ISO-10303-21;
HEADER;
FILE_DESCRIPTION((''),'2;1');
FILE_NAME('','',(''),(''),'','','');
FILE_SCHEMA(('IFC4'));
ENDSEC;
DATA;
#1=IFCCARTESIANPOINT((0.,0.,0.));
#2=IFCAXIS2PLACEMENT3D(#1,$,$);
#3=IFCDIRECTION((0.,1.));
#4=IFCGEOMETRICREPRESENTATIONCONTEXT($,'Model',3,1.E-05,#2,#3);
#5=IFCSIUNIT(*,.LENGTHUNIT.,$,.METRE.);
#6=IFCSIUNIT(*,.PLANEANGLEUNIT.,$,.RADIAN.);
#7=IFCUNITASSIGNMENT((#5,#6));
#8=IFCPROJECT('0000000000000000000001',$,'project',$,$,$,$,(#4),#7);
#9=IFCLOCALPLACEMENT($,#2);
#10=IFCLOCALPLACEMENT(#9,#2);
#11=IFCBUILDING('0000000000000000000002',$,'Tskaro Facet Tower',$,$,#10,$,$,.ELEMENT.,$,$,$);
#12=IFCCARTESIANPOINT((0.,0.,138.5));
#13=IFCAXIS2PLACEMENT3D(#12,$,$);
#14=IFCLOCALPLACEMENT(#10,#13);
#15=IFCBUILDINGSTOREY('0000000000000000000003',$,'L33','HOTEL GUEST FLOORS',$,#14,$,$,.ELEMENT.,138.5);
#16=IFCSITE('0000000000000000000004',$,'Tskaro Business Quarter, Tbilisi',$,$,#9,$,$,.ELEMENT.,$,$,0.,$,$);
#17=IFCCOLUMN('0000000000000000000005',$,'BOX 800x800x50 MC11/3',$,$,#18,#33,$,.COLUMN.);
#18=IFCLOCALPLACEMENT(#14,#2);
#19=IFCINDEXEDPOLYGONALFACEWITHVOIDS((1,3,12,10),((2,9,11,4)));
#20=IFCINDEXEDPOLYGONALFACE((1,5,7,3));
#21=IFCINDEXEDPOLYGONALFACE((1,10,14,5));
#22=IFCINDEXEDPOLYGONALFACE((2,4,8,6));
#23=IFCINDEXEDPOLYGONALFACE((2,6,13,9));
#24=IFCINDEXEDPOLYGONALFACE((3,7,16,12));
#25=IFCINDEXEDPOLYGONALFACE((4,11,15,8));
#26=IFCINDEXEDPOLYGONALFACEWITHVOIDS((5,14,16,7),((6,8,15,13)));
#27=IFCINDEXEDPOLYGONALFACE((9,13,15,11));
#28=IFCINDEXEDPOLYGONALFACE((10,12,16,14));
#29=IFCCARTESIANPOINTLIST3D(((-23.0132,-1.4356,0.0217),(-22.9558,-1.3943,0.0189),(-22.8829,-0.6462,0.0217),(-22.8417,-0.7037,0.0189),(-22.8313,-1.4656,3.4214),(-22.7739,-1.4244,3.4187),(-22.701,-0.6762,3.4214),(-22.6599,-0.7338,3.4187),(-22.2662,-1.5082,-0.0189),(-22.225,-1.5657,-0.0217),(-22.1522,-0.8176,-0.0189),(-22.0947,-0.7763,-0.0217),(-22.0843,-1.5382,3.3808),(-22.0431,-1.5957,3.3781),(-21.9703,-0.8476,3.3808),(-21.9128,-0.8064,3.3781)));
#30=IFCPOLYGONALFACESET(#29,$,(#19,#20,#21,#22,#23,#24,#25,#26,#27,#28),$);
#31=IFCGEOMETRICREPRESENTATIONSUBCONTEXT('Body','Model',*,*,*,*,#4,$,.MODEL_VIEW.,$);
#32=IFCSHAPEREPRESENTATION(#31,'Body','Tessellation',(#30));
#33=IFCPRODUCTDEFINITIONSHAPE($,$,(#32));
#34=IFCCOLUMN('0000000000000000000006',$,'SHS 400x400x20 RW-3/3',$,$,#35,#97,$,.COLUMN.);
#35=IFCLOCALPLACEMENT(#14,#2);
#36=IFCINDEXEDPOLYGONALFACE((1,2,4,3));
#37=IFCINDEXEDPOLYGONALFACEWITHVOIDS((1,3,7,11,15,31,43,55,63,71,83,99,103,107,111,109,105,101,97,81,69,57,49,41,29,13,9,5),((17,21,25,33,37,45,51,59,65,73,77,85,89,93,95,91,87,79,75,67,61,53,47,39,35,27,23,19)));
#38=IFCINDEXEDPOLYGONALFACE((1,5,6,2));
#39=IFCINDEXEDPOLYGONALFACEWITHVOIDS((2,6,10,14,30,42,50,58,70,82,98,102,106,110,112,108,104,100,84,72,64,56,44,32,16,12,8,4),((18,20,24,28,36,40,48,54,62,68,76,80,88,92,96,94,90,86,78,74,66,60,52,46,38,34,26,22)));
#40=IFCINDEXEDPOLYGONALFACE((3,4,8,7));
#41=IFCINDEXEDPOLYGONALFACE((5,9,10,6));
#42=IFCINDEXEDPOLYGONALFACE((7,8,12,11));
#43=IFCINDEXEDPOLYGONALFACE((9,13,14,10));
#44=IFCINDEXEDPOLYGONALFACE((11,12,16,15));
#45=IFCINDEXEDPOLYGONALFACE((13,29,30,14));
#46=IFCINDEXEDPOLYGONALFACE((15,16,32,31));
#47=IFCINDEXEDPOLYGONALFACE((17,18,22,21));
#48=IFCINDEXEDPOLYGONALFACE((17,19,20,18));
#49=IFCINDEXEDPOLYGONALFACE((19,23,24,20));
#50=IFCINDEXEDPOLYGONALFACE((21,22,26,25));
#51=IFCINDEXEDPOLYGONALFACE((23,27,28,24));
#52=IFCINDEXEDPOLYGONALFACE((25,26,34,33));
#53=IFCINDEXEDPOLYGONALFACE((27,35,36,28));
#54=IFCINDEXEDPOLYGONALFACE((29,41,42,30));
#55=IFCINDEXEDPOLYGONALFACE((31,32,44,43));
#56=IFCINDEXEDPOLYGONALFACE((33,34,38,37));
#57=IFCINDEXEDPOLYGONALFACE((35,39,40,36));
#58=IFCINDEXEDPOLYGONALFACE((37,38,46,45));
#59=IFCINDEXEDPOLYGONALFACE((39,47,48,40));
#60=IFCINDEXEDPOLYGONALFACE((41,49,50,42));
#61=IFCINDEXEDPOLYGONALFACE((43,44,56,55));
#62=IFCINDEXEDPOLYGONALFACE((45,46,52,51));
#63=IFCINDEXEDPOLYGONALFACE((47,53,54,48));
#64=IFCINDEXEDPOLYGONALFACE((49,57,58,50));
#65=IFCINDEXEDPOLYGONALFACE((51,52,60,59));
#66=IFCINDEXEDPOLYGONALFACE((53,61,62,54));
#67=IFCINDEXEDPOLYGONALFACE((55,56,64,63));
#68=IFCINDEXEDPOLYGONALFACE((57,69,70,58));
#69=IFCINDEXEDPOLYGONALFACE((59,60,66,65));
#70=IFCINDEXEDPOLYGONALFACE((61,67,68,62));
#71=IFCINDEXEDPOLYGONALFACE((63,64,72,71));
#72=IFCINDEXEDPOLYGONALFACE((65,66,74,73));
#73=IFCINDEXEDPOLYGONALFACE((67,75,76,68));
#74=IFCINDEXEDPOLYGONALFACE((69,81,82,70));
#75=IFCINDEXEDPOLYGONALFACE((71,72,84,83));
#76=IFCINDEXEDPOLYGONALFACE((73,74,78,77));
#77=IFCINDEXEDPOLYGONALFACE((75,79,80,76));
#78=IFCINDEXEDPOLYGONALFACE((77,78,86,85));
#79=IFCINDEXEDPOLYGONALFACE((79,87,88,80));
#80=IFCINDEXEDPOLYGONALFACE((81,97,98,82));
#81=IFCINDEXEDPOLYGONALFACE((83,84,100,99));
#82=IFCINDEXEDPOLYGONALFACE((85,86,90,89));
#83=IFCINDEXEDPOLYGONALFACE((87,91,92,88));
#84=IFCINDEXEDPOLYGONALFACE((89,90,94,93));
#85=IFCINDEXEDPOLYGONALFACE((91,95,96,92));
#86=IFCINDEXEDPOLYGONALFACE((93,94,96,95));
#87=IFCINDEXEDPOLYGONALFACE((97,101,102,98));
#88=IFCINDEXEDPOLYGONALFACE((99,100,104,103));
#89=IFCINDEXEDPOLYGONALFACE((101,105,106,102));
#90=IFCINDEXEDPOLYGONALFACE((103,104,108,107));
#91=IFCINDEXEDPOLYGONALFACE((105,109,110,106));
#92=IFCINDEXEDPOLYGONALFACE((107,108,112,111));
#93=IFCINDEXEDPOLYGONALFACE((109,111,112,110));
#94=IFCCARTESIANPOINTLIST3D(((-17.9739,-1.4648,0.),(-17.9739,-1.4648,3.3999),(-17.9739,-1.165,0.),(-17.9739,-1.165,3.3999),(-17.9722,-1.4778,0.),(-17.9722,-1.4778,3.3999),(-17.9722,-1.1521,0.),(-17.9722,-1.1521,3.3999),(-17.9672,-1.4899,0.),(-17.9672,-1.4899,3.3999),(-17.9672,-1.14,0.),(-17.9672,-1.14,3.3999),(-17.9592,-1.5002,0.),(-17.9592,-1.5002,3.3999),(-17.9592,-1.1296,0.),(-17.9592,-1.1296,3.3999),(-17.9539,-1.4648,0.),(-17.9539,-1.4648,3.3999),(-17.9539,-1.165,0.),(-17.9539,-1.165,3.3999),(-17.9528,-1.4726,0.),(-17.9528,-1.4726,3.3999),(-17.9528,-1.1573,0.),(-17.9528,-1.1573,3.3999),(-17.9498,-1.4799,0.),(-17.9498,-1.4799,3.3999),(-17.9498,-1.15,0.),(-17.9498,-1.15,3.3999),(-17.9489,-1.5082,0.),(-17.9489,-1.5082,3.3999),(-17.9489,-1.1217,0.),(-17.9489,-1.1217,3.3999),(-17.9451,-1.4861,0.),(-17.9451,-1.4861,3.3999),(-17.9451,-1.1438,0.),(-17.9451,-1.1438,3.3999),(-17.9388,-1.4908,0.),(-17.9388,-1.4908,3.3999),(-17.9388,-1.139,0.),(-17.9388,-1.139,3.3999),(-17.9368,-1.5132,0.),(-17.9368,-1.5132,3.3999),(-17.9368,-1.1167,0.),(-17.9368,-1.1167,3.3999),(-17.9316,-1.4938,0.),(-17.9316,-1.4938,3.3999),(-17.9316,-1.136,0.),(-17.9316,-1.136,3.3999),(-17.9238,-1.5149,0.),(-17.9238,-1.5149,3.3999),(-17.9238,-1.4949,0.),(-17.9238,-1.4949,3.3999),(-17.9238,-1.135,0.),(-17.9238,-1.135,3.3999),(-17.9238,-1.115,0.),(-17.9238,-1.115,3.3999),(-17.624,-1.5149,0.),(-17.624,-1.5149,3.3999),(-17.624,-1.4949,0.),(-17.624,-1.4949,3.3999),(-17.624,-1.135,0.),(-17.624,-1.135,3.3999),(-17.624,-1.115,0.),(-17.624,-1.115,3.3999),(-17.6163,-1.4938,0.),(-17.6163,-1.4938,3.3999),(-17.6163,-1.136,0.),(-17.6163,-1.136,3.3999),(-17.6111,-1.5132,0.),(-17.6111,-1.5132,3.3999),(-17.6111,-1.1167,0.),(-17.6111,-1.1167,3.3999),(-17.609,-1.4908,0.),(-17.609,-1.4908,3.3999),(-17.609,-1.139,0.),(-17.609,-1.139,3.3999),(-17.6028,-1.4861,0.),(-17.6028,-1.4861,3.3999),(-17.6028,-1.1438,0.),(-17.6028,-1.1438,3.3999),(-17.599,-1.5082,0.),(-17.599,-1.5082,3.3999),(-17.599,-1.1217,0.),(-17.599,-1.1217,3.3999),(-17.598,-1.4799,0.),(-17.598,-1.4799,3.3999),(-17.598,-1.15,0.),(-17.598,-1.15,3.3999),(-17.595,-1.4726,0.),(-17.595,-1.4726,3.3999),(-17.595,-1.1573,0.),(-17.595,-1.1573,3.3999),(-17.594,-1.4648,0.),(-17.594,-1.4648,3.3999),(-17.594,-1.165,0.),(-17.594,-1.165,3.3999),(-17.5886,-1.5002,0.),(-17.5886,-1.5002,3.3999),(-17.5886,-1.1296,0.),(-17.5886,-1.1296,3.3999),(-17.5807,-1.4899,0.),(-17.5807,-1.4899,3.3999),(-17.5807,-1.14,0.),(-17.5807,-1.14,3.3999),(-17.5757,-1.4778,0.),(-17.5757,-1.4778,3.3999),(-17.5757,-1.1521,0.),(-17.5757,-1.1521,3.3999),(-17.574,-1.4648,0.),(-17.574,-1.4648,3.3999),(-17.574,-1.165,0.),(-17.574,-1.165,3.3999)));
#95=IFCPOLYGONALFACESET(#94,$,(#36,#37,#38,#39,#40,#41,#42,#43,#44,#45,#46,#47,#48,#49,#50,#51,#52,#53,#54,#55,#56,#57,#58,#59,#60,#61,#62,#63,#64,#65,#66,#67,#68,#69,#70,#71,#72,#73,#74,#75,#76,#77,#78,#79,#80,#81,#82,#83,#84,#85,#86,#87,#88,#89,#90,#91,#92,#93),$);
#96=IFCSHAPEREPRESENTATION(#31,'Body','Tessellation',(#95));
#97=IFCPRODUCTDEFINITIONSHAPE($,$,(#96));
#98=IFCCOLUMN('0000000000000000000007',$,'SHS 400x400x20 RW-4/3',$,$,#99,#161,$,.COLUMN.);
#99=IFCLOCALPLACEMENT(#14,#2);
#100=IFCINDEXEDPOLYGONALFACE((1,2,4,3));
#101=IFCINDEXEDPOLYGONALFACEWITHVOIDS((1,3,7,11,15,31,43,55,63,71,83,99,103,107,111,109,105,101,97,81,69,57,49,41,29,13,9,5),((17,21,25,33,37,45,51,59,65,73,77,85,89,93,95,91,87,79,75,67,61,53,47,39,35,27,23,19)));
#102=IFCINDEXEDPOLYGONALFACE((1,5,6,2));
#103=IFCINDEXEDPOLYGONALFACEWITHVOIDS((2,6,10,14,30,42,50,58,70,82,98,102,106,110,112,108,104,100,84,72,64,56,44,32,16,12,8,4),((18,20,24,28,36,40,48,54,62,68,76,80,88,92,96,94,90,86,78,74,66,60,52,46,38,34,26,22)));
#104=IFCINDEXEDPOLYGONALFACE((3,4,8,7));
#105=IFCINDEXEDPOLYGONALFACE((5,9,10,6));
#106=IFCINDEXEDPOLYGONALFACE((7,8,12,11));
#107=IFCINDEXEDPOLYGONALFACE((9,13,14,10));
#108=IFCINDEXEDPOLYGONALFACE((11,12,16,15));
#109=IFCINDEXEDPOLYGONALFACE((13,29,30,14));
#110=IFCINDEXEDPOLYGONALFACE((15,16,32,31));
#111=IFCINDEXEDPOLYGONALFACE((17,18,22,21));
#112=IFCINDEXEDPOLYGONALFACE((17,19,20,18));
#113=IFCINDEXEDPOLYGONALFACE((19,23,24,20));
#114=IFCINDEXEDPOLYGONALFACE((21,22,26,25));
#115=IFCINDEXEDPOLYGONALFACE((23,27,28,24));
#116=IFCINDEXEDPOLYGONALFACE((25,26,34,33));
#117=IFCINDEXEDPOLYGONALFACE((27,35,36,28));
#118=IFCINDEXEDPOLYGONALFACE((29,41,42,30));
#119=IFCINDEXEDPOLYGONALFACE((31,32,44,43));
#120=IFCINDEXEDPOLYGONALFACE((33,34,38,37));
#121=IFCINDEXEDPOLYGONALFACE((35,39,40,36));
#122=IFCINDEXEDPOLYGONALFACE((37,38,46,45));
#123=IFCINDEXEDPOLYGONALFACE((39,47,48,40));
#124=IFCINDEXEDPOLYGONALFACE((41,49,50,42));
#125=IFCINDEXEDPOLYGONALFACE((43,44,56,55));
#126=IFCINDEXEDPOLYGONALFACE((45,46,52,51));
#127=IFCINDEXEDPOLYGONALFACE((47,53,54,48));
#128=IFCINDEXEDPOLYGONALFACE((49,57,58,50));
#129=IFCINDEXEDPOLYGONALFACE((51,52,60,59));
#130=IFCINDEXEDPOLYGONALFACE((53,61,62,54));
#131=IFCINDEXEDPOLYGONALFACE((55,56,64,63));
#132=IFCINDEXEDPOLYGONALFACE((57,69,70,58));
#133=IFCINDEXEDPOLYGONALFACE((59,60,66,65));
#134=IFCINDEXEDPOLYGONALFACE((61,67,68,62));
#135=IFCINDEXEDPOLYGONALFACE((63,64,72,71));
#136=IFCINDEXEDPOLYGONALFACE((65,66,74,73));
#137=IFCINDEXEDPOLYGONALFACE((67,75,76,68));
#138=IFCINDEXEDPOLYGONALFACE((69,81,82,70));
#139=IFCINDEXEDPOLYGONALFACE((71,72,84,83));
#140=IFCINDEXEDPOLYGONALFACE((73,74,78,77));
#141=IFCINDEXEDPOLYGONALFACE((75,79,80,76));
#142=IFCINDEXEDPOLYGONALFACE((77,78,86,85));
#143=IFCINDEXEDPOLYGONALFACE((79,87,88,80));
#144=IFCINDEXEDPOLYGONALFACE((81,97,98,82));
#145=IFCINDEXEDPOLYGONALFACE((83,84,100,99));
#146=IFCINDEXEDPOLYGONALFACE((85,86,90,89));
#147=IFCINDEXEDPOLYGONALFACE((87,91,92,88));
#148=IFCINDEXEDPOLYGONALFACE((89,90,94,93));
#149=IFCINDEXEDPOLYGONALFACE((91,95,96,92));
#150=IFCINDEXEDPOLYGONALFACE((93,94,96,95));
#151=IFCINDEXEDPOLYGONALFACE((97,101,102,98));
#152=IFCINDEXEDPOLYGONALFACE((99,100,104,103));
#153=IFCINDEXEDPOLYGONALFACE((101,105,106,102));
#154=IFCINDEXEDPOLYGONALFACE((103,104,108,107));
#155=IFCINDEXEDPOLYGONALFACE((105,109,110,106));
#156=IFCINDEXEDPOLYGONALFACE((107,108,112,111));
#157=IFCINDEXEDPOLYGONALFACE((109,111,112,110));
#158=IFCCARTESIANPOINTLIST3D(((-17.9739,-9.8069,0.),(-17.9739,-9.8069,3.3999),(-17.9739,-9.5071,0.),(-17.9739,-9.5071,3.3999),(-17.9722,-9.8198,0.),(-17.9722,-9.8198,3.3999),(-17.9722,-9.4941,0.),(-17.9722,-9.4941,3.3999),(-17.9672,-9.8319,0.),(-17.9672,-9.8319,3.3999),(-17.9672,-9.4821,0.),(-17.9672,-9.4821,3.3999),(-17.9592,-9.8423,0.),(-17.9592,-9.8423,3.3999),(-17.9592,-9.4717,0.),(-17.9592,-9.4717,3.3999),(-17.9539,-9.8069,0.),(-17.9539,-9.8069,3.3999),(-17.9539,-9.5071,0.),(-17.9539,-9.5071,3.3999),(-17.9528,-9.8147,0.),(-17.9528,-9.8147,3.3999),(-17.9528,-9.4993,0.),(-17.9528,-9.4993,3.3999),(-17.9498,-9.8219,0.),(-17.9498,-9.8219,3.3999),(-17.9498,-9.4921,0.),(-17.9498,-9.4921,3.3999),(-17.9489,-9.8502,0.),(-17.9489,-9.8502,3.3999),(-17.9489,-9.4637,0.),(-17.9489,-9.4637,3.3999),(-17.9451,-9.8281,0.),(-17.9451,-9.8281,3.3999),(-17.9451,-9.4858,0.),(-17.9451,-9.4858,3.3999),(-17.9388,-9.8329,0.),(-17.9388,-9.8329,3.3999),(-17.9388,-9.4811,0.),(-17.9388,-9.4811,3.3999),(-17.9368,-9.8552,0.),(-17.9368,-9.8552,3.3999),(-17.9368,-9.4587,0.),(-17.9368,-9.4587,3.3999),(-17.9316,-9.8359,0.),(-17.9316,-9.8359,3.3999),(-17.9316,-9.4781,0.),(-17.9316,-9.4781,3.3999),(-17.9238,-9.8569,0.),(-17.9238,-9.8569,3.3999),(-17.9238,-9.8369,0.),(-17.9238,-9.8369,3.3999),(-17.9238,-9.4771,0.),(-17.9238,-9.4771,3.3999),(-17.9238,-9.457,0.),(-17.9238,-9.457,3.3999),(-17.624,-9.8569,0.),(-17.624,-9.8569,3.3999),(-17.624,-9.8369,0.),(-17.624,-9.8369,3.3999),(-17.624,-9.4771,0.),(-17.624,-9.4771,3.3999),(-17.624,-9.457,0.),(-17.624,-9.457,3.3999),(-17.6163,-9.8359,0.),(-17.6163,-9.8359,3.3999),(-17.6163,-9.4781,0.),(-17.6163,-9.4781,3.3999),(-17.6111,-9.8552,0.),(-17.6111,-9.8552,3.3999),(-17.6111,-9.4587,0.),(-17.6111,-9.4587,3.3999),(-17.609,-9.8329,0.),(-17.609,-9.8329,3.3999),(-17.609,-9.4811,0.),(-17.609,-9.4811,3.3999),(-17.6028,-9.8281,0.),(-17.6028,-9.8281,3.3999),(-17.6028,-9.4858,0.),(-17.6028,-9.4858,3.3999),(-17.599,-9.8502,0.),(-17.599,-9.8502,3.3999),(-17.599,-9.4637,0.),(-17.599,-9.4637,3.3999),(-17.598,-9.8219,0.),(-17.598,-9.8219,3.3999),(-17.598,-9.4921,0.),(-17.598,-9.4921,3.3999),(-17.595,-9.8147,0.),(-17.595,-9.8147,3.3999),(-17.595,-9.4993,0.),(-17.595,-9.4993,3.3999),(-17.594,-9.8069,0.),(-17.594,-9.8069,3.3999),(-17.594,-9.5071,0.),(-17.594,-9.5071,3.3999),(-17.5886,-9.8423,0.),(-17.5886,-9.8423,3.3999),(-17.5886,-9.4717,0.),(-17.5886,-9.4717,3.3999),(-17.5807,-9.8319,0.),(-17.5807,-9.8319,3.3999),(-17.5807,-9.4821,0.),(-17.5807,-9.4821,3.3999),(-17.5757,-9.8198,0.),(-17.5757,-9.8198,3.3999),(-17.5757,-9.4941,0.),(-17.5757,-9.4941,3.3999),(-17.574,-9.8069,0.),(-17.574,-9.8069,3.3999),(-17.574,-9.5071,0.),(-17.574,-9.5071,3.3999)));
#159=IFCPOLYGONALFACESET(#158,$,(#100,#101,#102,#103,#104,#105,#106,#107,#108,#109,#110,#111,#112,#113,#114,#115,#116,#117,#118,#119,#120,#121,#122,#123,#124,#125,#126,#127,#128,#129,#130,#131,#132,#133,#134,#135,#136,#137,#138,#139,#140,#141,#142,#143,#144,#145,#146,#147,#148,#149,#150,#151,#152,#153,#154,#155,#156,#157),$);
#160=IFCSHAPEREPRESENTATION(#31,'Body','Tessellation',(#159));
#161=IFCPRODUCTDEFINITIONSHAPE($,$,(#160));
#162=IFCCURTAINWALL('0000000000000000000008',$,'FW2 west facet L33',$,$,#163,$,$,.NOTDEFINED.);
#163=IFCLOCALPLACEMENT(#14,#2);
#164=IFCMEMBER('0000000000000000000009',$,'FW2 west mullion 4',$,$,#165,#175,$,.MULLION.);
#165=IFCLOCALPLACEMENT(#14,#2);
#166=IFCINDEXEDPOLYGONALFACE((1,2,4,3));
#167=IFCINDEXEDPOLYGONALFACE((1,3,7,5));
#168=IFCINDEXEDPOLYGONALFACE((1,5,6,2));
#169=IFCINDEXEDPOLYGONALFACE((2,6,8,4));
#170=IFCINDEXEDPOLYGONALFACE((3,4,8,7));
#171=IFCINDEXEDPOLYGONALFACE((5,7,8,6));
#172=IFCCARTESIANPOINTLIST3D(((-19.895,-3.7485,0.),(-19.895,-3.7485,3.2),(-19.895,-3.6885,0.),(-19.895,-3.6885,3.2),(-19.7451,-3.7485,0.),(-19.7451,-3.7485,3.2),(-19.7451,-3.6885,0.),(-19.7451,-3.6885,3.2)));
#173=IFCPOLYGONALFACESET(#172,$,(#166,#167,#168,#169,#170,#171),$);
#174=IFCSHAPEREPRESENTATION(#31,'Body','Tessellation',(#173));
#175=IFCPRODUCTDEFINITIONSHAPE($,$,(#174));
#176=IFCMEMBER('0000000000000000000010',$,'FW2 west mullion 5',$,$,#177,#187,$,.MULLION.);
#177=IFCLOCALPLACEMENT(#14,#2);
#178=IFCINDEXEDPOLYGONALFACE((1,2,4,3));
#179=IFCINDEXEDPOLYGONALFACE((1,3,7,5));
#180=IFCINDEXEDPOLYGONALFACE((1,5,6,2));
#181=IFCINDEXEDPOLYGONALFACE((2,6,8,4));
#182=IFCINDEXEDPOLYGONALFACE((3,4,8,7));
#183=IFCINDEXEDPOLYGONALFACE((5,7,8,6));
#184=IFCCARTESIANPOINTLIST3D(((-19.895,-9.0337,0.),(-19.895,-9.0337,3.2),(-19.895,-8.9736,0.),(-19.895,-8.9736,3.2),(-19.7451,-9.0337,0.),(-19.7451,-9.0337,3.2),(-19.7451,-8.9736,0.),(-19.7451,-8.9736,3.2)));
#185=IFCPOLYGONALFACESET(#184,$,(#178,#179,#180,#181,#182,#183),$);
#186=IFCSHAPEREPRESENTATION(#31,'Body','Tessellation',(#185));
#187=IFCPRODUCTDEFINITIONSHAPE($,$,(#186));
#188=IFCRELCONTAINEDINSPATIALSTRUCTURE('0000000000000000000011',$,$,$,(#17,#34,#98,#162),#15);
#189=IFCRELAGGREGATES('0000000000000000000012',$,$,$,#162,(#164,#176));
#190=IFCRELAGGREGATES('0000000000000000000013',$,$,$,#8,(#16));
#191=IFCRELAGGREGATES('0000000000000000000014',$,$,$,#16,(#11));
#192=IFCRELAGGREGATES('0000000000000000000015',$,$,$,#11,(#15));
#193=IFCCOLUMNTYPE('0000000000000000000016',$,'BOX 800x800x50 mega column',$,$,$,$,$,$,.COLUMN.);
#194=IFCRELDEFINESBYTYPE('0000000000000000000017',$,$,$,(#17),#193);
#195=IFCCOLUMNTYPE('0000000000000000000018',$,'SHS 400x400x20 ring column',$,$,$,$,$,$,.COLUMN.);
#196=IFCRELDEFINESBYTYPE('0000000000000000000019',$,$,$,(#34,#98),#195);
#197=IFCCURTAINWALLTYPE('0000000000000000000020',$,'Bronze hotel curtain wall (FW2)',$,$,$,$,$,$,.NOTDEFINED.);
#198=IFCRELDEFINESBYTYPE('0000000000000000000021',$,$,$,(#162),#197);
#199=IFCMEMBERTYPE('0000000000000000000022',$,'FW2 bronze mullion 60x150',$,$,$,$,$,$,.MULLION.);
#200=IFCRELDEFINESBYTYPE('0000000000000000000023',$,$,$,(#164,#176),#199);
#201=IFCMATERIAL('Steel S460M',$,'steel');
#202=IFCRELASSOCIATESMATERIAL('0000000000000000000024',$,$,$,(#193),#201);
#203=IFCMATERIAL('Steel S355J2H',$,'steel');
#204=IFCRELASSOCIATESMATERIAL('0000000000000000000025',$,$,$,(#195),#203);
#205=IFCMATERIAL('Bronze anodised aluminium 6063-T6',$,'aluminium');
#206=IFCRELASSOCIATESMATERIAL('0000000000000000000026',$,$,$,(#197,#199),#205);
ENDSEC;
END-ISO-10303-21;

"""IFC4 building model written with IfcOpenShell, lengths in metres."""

from ifc_helpers import new_model, si_unit, direction, frame, origin, origin_2d, place, context, subcontext, project, spatial, rectangle, hollow_rectangle, extrude, material, material_profile, profile_set, type_object, element, aggregate, save


model = new_model("IFC4")

# Units and contexts
model_context = context("Model", 3, precision=1e-05, world=origin(), true_north=direction((0.0, 1.0)))
body_context = subcontext(model_context, "Body", "Model", "MODEL_VIEW")
ifc_project = project(units=[si_unit("LENGTHUNIT", "METRE"), si_unit("PLANEANGLEUNIT", "RADIAN")], contexts=[model_context])

# Site, building, storey
site_placement = place(None, origin())
site = spatial("IfcSite", under=ifc_project, at=site_placement, Name="Tskaro Business Quarter, Tbilisi", CompositionType="ELEMENT", RefElevation=0.0)
building_placement = place(site_placement, origin())
building = spatial("IfcBuilding", under=site, at=building_placement, Name="Tskaro Facet Tower", CompositionType="ELEMENT")
storey_placement = place(building_placement, frame((0.0, 0.0, 138.5)))
storey = spatial("IfcBuildingStorey", under=building, at=storey_placement, Name="L33", Description="HOTEL GUEST FLOORS", CompositionType="ELEMENT", Elevation=138.5)

# Columns
ifc_material_1 = material(Name="Steel S460M", Category="steel")
ifc_material_profile_1 = material_profile(ifc_material_1, hollow_rectangle(XDim=0.8, YDim=0.8, WallThickness=0.05, at=origin_2d()), Name="BOX 800x800x50")
ifc_profile_set_1 = profile_set([ifc_material_profile_1], Name="Steel S460M")
column_type_1 = type_object("IfcColumnType", Name="BOX 800x800x50 mega column", PredefinedType="COLUMN", material=ifc_profile_set_1)
column_placement = place(storey_placement, frame((-22.554, -1.106, 0.0), z_axis=(0.053419, -0.008819, 0.998533), x_axis=(0.162895, 0.986643, 0.0)))
element("IfcColumn", 1, at=column_placement, inside=storey, type_object=column_type_1, Name="BOX 800x800x50 MC11/3", PredefinedType="COLUMN", context=body_context, shape_type="SweptSolid", body=[
    extrude(hollow_rectangle(XDim=0.8, YDim=0.8, WallThickness=0.05, at=origin_2d()), origin(), (0.0, 0.0, 1.0), 3.4048),
])
ifc_material_2 = material(Name="Steel S355J2H", Category="steel")
ifc_material_profile_2 = material_profile(ifc_material_2, hollow_rectangle(XDim=0.3999, YDim=0.3999, WallThickness=0.02, InnerFilletRadius=0.03, OuterFilletRadius=0.05, at=origin_2d()), Name="SHS 400x400x20")
ifc_profile_set_2 = profile_set([ifc_material_profile_2], Name="Steel S355J2H")
column_type_2 = type_object("IfcColumnType", Name="SHS 400x400x20 ring column", PredefinedType="COLUMN", material=ifc_profile_set_2)
for number, where, z_axis, x_axis, name in (
    (2, (-17.7739, -1.3149, 0.0), (0.0, 0.0, 1.0), (1.0, 0.0, 0.0), "SHS 400x400x20 RW-3/3"),
    (3, (-17.7739, -9.657, 0.0), (0.0, 0.0, 1.0), (1.0, 0.0, 0.0), "SHS 400x400x20 RW-4/3"),
):
    element("IfcColumn", number, at=place(storey_placement, frame(where, z_axis=z_axis, x_axis=x_axis)), inside=storey, type_object=column_type_2, Name=name, PredefinedType="COLUMN", context=body_context, shape_type="SweptSolid", body=[
        extrude(hollow_rectangle(XDim=0.3999, YDim=0.3999, WallThickness=0.02, InnerFilletRadius=0.03, OuterFilletRadius=0.05, at=origin_2d()), origin(), (0.0, 0.0, 1.0), 3.3999),
    ])

# Curtain wall, members
ifc_material_3 = material(Name="Bronze anodised aluminium 6063-T6", Category="aluminium")
curtain_wall_type = type_object("IfcCurtainWallType", Name="Bronze hotel curtain wall (FW2)", PredefinedType="NOTDEFINED", material=ifc_material_3)
curtain_wall_placement = place(storey_placement, origin())
curtain_wall = element("IfcCurtainWall", 4, at=curtain_wall_placement, inside=storey, type_object=curtain_wall_type, Name="FW2 west facet L33", PredefinedType="NOTDEFINED")
ifc_material_profile_3 = material_profile(ifc_material_3, rectangle(XDim=0.0601, YDim=0.1499, at=origin_2d()), Name="Mullion 60x150")
ifc_profile_set_3 = profile_set([ifc_material_profile_3], Name="Bronze anodised aluminium 6063-T6")
member_type_1 = type_object("IfcMemberType", Name="FW2 bronze mullion 60x150", PredefinedType="MULLION", material=ifc_profile_set_3)
member_1_placement = place(storey_placement, frame((-19.8201, -3.7185, 0.0), z_axis=(0.0, 0.0, 1.0), x_axis=(0.0, -1.0, 0.0)))
member_1 = element("IfcMember", 5, at=member_1_placement, type_object=member_type_1, Name="FW2 west mullion 4", PredefinedType="MULLION", context=body_context, shape_type="SweptSolid", body=[
    extrude(rectangle(XDim=0.0601, YDim=0.1499, at=origin_2d()), origin(), (0.0, 0.0, 1.0), 3.2),
])
member_2_placement = place(storey_placement, frame((-19.8201, -9.0037, 0.0), z_axis=(0.0, 0.0, 1.0), x_axis=(0.0, -1.0, 0.0)))
member_2 = element("IfcMember", 6, at=member_2_placement, type_object=member_type_1, Name="FW2 west mullion 5", PredefinedType="MULLION", context=body_context, shape_type="SweptSolid", body=[
    extrude(rectangle(XDim=0.0601, YDim=0.1499, at=origin_2d()), origin(), (0.0, 0.0, 1.0), 3.2),
])

aggregate(curtain_wall, [member_1, member_2])

save(model, "model.ifc")
